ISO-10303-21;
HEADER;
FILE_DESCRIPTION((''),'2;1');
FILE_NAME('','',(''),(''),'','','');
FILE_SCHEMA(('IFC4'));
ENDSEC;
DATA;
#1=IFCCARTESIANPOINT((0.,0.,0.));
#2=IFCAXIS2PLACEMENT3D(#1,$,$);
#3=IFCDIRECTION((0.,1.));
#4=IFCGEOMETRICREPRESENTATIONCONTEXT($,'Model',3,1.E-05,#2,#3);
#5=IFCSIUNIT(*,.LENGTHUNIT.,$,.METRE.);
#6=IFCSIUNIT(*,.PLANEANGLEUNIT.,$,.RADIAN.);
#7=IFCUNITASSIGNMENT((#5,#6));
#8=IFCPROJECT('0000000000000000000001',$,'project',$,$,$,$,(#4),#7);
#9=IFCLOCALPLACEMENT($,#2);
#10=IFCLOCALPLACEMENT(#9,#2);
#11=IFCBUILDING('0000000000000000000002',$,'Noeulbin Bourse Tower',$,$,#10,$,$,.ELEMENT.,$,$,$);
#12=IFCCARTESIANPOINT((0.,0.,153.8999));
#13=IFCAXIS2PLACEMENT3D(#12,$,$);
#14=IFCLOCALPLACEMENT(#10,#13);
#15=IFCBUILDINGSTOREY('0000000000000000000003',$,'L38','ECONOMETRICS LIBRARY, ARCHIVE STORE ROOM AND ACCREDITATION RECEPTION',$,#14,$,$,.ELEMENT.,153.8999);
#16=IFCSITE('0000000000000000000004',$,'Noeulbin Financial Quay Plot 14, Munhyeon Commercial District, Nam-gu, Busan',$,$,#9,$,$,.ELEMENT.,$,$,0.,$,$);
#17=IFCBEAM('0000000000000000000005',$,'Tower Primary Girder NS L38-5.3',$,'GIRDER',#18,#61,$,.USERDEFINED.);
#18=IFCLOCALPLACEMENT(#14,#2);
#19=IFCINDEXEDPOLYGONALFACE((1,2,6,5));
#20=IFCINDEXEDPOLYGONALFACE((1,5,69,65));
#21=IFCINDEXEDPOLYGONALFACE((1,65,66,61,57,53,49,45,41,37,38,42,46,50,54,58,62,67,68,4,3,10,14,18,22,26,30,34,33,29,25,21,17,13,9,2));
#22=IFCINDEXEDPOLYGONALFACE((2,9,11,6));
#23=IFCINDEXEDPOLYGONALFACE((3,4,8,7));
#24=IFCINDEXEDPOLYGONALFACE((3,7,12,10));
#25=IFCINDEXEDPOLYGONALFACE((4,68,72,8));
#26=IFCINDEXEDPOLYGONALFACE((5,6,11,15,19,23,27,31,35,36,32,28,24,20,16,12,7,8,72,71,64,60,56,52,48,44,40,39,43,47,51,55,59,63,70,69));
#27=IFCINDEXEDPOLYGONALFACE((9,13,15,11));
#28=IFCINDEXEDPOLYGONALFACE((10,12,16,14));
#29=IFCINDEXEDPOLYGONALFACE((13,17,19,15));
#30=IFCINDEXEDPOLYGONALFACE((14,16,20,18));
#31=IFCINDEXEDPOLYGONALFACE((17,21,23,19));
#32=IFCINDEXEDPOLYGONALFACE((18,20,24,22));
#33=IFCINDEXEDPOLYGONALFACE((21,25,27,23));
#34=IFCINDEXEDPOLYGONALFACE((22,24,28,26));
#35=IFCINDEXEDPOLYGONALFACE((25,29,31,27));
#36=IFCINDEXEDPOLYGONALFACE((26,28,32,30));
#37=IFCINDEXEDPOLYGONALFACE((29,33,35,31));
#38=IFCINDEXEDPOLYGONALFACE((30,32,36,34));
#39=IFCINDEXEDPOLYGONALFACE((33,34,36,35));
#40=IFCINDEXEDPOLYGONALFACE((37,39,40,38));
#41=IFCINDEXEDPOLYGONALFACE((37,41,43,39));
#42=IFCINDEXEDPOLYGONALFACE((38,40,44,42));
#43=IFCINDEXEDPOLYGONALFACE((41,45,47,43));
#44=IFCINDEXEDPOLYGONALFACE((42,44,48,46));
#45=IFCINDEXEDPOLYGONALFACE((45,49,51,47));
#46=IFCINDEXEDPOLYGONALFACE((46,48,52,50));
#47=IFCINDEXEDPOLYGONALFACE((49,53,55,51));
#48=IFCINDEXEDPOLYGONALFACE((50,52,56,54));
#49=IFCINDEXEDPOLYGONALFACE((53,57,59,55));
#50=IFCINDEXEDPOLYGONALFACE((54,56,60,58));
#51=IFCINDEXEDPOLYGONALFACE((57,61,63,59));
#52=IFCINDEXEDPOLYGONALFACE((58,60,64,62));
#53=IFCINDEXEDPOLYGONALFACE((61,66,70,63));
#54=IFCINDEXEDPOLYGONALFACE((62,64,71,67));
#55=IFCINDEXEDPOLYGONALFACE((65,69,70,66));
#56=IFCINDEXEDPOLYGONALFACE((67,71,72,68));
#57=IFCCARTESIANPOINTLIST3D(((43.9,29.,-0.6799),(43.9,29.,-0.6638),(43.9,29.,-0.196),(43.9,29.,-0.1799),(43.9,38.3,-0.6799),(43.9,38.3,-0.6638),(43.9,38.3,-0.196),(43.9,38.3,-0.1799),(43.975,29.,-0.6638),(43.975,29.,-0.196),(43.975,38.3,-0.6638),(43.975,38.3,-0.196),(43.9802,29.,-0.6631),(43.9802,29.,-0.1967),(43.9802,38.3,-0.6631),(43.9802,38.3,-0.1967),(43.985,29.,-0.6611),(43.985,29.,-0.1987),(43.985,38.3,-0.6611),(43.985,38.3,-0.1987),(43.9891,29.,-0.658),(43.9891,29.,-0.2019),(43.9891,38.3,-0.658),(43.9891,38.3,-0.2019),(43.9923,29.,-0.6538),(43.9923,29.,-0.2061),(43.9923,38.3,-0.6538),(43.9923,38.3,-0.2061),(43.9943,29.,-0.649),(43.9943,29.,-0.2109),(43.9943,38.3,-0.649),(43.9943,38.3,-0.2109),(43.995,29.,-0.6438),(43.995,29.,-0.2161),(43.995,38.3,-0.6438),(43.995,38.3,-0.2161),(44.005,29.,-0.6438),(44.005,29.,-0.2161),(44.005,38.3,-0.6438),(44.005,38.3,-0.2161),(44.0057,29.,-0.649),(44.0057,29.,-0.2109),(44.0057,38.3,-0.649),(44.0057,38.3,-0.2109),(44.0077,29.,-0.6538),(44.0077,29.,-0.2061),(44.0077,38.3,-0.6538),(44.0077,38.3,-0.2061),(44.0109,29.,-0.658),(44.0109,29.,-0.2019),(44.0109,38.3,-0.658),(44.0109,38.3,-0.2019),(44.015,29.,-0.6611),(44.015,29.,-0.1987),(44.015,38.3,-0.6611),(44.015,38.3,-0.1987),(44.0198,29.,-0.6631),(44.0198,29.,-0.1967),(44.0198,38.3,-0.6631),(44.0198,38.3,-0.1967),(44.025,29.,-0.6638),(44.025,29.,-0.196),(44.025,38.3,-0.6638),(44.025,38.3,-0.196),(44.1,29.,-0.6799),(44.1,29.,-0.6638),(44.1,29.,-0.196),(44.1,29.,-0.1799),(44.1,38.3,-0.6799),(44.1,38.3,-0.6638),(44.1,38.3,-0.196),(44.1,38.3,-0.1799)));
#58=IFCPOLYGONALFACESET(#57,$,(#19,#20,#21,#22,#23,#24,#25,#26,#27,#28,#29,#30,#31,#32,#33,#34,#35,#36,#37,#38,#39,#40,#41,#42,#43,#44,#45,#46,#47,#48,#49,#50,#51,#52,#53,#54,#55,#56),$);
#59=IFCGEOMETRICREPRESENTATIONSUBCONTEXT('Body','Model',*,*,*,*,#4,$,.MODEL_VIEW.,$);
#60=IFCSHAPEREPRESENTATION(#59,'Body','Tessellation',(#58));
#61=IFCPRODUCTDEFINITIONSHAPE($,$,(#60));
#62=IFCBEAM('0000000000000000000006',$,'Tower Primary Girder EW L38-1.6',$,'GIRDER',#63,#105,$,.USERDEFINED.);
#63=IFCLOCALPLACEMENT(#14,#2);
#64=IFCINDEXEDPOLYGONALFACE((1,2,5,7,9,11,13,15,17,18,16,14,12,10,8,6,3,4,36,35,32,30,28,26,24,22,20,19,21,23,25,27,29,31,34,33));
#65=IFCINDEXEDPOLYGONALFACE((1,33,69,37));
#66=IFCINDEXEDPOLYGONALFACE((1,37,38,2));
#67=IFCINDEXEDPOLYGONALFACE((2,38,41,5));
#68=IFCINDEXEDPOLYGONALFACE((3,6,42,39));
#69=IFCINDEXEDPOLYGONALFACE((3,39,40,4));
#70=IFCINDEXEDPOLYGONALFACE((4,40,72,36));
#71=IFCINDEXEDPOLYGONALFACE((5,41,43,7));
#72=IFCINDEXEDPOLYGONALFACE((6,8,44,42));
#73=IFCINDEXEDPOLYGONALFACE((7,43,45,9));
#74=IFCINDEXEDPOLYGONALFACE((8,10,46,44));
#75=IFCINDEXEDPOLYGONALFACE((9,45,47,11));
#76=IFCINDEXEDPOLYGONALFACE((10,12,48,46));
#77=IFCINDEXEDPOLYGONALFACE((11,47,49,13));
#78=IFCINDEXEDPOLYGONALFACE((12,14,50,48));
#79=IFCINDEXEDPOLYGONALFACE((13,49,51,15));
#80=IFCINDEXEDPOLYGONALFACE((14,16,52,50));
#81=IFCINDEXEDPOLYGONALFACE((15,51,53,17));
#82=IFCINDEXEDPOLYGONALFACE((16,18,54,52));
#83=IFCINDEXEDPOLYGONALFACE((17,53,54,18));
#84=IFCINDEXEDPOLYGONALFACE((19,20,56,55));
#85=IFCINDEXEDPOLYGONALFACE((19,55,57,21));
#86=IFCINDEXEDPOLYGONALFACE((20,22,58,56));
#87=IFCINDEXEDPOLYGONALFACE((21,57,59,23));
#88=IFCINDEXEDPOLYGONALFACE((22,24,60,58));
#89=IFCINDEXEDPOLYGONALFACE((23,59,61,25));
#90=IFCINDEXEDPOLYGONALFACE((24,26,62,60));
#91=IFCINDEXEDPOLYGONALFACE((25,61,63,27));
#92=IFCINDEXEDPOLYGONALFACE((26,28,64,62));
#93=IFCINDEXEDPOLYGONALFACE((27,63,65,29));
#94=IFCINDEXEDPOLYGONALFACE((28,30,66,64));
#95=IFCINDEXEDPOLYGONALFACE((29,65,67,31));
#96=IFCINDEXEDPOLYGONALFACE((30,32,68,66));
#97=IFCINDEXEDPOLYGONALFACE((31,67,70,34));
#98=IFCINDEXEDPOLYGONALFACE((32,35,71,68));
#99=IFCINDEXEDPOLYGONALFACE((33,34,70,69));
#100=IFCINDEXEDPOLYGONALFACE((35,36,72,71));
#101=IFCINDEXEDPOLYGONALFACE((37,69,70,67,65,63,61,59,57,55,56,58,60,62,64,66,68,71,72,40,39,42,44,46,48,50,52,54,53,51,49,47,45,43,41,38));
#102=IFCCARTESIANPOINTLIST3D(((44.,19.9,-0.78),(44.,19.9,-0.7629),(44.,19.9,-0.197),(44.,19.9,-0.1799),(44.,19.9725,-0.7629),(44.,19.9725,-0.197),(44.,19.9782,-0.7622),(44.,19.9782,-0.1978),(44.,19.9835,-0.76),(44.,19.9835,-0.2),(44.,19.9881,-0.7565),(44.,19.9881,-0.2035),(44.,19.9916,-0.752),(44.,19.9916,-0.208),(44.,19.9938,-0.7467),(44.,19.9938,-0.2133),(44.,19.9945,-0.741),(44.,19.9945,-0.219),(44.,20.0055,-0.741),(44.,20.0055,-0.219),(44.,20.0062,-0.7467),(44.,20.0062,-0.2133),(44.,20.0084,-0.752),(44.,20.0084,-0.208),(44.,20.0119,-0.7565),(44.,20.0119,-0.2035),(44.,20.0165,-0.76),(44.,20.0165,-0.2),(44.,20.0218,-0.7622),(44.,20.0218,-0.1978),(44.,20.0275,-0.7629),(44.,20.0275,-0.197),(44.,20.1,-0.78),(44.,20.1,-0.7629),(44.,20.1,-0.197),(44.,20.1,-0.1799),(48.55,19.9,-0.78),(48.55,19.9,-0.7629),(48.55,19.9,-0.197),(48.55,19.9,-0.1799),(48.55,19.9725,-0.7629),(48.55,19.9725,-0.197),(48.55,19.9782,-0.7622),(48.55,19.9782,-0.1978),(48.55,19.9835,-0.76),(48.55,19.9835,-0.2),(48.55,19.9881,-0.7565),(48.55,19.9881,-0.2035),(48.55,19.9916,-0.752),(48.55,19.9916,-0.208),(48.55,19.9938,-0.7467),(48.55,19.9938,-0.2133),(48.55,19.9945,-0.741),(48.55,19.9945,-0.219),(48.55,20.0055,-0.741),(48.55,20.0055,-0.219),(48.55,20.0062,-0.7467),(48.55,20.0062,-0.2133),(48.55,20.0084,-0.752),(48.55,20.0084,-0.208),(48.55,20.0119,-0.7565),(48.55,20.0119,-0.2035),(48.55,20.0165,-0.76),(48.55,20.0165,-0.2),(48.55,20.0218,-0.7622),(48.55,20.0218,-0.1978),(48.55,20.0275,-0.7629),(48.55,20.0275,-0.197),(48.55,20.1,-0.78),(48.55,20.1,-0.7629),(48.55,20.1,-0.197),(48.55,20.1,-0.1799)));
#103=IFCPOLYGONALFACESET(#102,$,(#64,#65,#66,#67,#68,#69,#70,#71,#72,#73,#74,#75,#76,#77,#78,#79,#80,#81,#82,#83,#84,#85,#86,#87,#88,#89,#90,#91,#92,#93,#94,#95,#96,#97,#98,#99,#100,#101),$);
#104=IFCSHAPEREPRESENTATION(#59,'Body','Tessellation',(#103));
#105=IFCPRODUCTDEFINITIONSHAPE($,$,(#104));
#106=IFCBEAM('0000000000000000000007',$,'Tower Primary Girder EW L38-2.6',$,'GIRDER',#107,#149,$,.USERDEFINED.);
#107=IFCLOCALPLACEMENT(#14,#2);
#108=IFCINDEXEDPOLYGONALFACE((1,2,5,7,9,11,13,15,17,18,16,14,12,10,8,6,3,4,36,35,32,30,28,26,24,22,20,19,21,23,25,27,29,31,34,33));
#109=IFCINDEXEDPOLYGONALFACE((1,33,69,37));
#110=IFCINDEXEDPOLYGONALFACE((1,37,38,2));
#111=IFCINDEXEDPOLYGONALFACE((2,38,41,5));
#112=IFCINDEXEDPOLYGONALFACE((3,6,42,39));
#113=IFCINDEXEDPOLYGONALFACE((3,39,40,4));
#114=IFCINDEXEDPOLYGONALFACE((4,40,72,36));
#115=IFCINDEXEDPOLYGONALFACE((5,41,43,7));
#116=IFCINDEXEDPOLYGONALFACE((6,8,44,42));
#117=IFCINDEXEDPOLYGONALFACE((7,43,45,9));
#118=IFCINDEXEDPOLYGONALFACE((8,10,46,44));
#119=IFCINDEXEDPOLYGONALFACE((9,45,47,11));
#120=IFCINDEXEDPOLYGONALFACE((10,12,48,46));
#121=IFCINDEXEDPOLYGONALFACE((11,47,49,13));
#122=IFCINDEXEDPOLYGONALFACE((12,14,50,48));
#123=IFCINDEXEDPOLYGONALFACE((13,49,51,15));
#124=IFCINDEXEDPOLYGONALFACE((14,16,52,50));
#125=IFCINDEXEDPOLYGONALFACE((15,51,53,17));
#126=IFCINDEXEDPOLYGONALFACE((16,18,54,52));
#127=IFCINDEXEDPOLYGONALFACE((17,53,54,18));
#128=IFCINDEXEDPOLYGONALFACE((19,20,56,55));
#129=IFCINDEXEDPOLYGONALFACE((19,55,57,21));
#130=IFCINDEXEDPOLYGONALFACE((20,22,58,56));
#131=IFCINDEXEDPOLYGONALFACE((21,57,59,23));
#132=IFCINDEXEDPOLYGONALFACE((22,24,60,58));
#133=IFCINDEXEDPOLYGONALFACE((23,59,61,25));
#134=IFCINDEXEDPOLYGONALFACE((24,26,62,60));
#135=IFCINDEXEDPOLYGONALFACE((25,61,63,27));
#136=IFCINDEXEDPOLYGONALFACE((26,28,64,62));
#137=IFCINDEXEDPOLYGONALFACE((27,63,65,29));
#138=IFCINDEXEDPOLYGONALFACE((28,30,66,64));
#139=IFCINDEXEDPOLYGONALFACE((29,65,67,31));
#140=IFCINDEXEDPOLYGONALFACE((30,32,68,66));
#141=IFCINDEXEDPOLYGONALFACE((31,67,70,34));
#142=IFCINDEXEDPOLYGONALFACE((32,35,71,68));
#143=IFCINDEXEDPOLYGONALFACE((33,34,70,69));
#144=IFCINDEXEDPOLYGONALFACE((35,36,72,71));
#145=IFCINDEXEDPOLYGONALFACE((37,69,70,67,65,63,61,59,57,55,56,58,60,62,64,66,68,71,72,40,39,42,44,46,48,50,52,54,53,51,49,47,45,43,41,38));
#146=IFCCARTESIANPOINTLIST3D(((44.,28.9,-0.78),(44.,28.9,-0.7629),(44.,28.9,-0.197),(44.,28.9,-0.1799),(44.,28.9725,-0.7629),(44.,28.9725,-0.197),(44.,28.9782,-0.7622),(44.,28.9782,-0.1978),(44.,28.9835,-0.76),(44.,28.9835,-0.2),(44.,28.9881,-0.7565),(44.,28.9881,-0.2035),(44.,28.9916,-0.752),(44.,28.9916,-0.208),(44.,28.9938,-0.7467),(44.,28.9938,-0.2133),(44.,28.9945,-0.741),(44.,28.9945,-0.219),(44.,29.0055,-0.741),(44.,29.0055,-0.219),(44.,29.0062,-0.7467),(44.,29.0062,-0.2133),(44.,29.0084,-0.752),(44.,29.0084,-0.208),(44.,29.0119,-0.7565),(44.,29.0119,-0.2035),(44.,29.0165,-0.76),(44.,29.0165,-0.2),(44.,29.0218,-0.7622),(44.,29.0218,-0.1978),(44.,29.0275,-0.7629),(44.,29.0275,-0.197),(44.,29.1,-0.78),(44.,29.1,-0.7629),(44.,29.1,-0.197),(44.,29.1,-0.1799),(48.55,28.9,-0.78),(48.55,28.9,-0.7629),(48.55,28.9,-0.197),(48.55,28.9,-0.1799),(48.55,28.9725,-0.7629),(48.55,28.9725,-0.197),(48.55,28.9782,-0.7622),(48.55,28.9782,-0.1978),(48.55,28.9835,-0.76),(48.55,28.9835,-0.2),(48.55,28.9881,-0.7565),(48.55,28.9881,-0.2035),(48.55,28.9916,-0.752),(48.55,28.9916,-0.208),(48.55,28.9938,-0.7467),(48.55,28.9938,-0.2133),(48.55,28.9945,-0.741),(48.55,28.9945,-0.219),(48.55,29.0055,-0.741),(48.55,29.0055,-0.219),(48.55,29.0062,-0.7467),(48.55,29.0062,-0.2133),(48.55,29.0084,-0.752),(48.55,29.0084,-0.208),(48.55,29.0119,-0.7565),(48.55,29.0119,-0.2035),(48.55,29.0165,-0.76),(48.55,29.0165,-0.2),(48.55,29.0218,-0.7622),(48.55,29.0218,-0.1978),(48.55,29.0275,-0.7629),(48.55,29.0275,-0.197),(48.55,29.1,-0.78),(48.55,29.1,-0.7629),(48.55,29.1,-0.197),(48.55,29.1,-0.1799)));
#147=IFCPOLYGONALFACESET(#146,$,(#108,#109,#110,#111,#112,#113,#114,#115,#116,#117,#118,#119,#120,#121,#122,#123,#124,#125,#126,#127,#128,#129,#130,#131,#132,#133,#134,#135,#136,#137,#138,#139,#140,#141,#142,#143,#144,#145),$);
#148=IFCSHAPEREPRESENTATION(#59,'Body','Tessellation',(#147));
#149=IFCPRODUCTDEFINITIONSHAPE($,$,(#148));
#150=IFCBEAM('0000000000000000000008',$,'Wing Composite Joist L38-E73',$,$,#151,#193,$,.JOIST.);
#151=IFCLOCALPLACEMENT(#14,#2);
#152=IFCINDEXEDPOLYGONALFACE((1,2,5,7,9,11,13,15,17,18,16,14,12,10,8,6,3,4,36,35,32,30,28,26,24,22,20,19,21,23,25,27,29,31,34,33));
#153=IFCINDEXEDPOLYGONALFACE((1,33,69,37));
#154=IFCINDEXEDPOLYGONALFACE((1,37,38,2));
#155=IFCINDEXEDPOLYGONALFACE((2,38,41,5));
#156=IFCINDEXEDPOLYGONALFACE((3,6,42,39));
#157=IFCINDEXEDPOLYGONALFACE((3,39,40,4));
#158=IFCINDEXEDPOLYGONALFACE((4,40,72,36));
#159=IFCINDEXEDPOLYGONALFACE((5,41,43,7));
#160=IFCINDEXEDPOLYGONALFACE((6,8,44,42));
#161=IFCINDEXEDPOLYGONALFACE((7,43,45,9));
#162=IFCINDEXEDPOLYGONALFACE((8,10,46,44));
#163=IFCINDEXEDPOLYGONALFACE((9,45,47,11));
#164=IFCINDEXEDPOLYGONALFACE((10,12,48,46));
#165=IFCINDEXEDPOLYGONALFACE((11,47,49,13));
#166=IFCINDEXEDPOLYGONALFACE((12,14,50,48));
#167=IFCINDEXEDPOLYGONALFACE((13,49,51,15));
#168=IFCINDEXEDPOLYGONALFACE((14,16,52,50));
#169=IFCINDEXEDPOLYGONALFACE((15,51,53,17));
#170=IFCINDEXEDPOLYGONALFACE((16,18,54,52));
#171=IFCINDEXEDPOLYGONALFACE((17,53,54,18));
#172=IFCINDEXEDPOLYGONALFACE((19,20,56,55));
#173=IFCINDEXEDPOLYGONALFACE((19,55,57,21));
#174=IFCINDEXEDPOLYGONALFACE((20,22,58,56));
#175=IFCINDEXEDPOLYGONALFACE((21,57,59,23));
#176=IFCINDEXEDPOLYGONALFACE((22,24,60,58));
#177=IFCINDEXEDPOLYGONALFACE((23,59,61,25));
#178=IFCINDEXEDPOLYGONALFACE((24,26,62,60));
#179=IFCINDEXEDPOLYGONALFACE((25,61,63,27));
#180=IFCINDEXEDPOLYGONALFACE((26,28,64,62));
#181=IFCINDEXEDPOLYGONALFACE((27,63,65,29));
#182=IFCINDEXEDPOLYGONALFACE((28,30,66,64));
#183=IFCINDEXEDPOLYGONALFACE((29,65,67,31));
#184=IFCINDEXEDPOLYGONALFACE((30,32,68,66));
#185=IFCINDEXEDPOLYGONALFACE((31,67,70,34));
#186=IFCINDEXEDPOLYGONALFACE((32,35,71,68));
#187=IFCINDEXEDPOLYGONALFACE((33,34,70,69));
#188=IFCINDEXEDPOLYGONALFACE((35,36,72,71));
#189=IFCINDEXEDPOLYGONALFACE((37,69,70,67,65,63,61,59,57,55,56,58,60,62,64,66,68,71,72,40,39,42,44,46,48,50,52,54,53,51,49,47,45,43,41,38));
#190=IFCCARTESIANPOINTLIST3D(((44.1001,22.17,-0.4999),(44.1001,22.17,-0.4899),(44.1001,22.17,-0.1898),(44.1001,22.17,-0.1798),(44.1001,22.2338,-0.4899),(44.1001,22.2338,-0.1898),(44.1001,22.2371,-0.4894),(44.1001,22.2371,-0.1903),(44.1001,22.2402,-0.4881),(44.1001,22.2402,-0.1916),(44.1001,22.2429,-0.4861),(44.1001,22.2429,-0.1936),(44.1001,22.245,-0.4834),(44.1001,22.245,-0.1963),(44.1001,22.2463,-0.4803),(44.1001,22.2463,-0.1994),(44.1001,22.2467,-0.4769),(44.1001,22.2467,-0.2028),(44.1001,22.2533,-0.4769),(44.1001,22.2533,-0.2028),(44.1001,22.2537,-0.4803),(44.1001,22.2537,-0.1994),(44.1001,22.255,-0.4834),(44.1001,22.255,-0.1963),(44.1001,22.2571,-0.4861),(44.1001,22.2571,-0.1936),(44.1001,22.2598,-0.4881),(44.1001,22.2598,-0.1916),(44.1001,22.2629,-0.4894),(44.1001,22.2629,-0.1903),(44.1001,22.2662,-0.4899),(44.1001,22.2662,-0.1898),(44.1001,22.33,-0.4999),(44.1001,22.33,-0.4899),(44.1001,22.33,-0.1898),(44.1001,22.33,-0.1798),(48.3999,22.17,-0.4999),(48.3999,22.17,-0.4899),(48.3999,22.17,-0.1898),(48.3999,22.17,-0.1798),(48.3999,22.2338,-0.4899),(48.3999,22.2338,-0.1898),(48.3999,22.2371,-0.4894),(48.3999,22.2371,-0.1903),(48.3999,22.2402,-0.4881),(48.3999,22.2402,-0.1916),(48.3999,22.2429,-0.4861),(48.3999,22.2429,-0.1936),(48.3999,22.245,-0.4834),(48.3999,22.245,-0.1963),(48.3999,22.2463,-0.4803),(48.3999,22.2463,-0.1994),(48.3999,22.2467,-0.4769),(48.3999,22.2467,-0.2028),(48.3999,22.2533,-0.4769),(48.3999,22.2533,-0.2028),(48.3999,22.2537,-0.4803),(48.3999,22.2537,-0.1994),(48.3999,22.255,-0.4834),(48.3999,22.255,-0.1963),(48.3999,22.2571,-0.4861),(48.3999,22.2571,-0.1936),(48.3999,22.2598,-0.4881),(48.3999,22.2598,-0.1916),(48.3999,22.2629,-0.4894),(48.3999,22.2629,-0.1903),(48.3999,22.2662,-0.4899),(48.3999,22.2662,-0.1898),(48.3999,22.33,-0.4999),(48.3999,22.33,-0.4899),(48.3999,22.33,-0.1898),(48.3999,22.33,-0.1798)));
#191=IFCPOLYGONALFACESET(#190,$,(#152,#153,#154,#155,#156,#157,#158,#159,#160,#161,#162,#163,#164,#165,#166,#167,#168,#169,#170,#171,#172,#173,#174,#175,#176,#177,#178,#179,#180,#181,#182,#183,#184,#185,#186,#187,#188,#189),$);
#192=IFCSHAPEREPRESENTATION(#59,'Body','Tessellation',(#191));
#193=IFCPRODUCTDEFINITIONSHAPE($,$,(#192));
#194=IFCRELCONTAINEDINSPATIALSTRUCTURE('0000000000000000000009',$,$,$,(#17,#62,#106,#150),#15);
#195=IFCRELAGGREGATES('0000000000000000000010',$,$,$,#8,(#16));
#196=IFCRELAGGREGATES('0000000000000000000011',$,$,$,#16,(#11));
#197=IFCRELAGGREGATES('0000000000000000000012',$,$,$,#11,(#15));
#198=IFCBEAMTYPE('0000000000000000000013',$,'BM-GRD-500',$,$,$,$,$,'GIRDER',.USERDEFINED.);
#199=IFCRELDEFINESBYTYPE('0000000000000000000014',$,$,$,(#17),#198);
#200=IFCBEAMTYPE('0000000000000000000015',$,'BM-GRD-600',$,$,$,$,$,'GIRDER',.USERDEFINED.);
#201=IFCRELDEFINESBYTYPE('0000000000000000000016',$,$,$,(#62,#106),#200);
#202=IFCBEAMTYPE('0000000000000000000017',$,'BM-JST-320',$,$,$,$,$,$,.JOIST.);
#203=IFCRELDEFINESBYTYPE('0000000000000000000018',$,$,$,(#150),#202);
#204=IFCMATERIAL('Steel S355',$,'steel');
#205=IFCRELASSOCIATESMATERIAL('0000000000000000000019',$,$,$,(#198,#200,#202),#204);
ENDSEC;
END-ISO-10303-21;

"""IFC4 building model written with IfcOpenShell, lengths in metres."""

from ifc_helpers import new_model, si_unit, direction, frame, origin, origin_2d, place, context, subcontext, project, spatial, i_section, extrude, material, material_profile, profile_set, type_object, element, save


model = new_model("IFC4")

# Units and contexts
model_context = context("Model", 3, precision=1e-05, world=origin(), true_north=direction((0.0, 1.0)))
body_context = subcontext(model_context, "Body", "Model", "MODEL_VIEW")
ifc_project = project(units=[si_unit("LENGTHUNIT", "METRE"), si_unit("PLANEANGLEUNIT", "RADIAN")], contexts=[model_context])

# Site, building, storey
site_placement = place(None, origin())
site = spatial("IfcSite", under=ifc_project, at=site_placement, Name="Noeulbin Financial Quay Plot 14, Munhyeon Commercial District, Nam-gu, Busan", CompositionType="ELEMENT", RefElevation=0.0)
building_placement = place(site_placement, origin())
building = spatial("IfcBuilding", under=site, at=building_placement, Name="Noeulbin Bourse Tower", CompositionType="ELEMENT")
storey_placement = place(building_placement, frame((0.0, 0.0, 153.8999)))
storey = spatial("IfcBuildingStorey", under=building, at=storey_placement, Name="L38", Description="ECONOMETRICS LIBRARY, ARCHIVE STORE ROOM AND ACCREDITATION RECEPTION", CompositionType="ELEMENT", Elevation=153.8999)

# Shared definitions
ifc_material_1 = material(Name="Steel S355", Category="steel")

# Beams
ifc_material_profile_1 = material_profile(ifc_material_1, i_section(OverallWidth=0.2, OverallDepth=0.5, WebThickness=0.01, FlangeThickness=0.0161, FilletRadius=0.02, at=origin_2d()), Name="H-500x200x10x16", Category="LoadBearing")
ifc_profile_set_1 = profile_set([ifc_material_profile_1], Name="Steel S355")
beam_type_1 = type_object("IfcBeamType", Name="BM-GRD-500", ElementType="GIRDER", PredefinedType="USERDEFINED", material=ifc_profile_set_1)
beam_1_placement = place(storey_placement, frame((44.0, 29.0, -0.4299), z_axis=(0.0, 1.0, 0.0), x_axis=(-1.0, 0.0, 0.0)))
element("IfcBeam", 1, at=beam_1_placement, inside=storey, type_object=beam_type_1, Name="Tower Primary Girder NS L38-5.3", ObjectType="GIRDER", PredefinedType="USERDEFINED", context=body_context, shape_type="SweptSolid", body=[
    extrude(i_section(OverallWidth=0.2, OverallDepth=0.5, WebThickness=0.01, FlangeThickness=0.0161, FilletRadius=0.02, at=origin_2d()), origin(), (0.0, 0.0, 1.0), 9.3),
])
ifc_material_profile_2 = material_profile(ifc_material_1, i_section(OverallWidth=0.2, OverallDepth=0.6001, WebThickness=0.011, FlangeThickness=0.0171, FilletRadius=0.022, at=origin_2d()), Name="H-600x200x11x17", Category="LoadBearing")
ifc_profile_set_2 = profile_set([ifc_material_profile_2], Name="Steel S355")
beam_type_2 = type_object("IfcBeamType", Name="BM-GRD-600", ElementType="GIRDER", PredefinedType="USERDEFINED", material=ifc_profile_set_2)
for number, where, z_axis, x_axis, name in (
    (2, (44.0, 20.0, -0.48), (1.0, 0.0, 0.0), (0.0, 1.0, 0.0), "Tower Primary Girder EW L38-1.6"),
    (3, (44.0, 29.0, -0.48), (1.0, 0.0, 0.0), (0.0, 1.0, 0.0), "Tower Primary Girder EW L38-2.6"),
):
    element("IfcBeam", number, at=place(storey_placement, frame(where, z_axis=z_axis, x_axis=x_axis)), inside=storey, type_object=beam_type_2, Name=name, ObjectType="GIRDER", PredefinedType="USERDEFINED", context=body_context, shape_type="SweptSolid", body=[
        extrude(i_section(OverallWidth=0.2, OverallDepth=0.6001, WebThickness=0.011, FlangeThickness=0.0171, FilletRadius=0.022, at=origin_2d()), origin(), (0.0, 0.0, 1.0), 4.55),
    ])
ifc_material_profile_3 = material_profile(ifc_material_1, i_section(OverallWidth=0.1599, OverallDepth=0.3201, WebThickness=0.0066, FlangeThickness=0.01, FilletRadius=0.0129, at=origin_2d()), Name="H-320x160x6.5x10", Category="LoadBearing")
ifc_profile_set_3 = profile_set([ifc_material_profile_3], Name="Steel S355")
beam_type_3 = type_object("IfcBeamType", Name="BM-JST-320", PredefinedType="JOIST", material=ifc_profile_set_3)
for number, where, z_axis, x_axis, name in (
    (4, (44.1001, 22.25, -0.3398), (1.0, 0.0, 0.0), (0.0, 1.0, 0.0), "Wing Composite Joist L38-E73"),
):
    element("IfcBeam", number, at=place(storey_placement, frame(where, z_axis=z_axis, x_axis=x_axis)), inside=storey, type_object=beam_type_3, Name=name, PredefinedType="JOIST", context=body_context, shape_type="SweptSolid", body=[
        extrude(i_section(OverallWidth=0.1599, OverallDepth=0.3201, WebThickness=0.0066, FlangeThickness=0.01, FilletRadius=0.0129, at=origin_2d()), origin(), (0.0, 0.0, 1.0), 4.2998),
    ])

save(model, "model.ifc")
